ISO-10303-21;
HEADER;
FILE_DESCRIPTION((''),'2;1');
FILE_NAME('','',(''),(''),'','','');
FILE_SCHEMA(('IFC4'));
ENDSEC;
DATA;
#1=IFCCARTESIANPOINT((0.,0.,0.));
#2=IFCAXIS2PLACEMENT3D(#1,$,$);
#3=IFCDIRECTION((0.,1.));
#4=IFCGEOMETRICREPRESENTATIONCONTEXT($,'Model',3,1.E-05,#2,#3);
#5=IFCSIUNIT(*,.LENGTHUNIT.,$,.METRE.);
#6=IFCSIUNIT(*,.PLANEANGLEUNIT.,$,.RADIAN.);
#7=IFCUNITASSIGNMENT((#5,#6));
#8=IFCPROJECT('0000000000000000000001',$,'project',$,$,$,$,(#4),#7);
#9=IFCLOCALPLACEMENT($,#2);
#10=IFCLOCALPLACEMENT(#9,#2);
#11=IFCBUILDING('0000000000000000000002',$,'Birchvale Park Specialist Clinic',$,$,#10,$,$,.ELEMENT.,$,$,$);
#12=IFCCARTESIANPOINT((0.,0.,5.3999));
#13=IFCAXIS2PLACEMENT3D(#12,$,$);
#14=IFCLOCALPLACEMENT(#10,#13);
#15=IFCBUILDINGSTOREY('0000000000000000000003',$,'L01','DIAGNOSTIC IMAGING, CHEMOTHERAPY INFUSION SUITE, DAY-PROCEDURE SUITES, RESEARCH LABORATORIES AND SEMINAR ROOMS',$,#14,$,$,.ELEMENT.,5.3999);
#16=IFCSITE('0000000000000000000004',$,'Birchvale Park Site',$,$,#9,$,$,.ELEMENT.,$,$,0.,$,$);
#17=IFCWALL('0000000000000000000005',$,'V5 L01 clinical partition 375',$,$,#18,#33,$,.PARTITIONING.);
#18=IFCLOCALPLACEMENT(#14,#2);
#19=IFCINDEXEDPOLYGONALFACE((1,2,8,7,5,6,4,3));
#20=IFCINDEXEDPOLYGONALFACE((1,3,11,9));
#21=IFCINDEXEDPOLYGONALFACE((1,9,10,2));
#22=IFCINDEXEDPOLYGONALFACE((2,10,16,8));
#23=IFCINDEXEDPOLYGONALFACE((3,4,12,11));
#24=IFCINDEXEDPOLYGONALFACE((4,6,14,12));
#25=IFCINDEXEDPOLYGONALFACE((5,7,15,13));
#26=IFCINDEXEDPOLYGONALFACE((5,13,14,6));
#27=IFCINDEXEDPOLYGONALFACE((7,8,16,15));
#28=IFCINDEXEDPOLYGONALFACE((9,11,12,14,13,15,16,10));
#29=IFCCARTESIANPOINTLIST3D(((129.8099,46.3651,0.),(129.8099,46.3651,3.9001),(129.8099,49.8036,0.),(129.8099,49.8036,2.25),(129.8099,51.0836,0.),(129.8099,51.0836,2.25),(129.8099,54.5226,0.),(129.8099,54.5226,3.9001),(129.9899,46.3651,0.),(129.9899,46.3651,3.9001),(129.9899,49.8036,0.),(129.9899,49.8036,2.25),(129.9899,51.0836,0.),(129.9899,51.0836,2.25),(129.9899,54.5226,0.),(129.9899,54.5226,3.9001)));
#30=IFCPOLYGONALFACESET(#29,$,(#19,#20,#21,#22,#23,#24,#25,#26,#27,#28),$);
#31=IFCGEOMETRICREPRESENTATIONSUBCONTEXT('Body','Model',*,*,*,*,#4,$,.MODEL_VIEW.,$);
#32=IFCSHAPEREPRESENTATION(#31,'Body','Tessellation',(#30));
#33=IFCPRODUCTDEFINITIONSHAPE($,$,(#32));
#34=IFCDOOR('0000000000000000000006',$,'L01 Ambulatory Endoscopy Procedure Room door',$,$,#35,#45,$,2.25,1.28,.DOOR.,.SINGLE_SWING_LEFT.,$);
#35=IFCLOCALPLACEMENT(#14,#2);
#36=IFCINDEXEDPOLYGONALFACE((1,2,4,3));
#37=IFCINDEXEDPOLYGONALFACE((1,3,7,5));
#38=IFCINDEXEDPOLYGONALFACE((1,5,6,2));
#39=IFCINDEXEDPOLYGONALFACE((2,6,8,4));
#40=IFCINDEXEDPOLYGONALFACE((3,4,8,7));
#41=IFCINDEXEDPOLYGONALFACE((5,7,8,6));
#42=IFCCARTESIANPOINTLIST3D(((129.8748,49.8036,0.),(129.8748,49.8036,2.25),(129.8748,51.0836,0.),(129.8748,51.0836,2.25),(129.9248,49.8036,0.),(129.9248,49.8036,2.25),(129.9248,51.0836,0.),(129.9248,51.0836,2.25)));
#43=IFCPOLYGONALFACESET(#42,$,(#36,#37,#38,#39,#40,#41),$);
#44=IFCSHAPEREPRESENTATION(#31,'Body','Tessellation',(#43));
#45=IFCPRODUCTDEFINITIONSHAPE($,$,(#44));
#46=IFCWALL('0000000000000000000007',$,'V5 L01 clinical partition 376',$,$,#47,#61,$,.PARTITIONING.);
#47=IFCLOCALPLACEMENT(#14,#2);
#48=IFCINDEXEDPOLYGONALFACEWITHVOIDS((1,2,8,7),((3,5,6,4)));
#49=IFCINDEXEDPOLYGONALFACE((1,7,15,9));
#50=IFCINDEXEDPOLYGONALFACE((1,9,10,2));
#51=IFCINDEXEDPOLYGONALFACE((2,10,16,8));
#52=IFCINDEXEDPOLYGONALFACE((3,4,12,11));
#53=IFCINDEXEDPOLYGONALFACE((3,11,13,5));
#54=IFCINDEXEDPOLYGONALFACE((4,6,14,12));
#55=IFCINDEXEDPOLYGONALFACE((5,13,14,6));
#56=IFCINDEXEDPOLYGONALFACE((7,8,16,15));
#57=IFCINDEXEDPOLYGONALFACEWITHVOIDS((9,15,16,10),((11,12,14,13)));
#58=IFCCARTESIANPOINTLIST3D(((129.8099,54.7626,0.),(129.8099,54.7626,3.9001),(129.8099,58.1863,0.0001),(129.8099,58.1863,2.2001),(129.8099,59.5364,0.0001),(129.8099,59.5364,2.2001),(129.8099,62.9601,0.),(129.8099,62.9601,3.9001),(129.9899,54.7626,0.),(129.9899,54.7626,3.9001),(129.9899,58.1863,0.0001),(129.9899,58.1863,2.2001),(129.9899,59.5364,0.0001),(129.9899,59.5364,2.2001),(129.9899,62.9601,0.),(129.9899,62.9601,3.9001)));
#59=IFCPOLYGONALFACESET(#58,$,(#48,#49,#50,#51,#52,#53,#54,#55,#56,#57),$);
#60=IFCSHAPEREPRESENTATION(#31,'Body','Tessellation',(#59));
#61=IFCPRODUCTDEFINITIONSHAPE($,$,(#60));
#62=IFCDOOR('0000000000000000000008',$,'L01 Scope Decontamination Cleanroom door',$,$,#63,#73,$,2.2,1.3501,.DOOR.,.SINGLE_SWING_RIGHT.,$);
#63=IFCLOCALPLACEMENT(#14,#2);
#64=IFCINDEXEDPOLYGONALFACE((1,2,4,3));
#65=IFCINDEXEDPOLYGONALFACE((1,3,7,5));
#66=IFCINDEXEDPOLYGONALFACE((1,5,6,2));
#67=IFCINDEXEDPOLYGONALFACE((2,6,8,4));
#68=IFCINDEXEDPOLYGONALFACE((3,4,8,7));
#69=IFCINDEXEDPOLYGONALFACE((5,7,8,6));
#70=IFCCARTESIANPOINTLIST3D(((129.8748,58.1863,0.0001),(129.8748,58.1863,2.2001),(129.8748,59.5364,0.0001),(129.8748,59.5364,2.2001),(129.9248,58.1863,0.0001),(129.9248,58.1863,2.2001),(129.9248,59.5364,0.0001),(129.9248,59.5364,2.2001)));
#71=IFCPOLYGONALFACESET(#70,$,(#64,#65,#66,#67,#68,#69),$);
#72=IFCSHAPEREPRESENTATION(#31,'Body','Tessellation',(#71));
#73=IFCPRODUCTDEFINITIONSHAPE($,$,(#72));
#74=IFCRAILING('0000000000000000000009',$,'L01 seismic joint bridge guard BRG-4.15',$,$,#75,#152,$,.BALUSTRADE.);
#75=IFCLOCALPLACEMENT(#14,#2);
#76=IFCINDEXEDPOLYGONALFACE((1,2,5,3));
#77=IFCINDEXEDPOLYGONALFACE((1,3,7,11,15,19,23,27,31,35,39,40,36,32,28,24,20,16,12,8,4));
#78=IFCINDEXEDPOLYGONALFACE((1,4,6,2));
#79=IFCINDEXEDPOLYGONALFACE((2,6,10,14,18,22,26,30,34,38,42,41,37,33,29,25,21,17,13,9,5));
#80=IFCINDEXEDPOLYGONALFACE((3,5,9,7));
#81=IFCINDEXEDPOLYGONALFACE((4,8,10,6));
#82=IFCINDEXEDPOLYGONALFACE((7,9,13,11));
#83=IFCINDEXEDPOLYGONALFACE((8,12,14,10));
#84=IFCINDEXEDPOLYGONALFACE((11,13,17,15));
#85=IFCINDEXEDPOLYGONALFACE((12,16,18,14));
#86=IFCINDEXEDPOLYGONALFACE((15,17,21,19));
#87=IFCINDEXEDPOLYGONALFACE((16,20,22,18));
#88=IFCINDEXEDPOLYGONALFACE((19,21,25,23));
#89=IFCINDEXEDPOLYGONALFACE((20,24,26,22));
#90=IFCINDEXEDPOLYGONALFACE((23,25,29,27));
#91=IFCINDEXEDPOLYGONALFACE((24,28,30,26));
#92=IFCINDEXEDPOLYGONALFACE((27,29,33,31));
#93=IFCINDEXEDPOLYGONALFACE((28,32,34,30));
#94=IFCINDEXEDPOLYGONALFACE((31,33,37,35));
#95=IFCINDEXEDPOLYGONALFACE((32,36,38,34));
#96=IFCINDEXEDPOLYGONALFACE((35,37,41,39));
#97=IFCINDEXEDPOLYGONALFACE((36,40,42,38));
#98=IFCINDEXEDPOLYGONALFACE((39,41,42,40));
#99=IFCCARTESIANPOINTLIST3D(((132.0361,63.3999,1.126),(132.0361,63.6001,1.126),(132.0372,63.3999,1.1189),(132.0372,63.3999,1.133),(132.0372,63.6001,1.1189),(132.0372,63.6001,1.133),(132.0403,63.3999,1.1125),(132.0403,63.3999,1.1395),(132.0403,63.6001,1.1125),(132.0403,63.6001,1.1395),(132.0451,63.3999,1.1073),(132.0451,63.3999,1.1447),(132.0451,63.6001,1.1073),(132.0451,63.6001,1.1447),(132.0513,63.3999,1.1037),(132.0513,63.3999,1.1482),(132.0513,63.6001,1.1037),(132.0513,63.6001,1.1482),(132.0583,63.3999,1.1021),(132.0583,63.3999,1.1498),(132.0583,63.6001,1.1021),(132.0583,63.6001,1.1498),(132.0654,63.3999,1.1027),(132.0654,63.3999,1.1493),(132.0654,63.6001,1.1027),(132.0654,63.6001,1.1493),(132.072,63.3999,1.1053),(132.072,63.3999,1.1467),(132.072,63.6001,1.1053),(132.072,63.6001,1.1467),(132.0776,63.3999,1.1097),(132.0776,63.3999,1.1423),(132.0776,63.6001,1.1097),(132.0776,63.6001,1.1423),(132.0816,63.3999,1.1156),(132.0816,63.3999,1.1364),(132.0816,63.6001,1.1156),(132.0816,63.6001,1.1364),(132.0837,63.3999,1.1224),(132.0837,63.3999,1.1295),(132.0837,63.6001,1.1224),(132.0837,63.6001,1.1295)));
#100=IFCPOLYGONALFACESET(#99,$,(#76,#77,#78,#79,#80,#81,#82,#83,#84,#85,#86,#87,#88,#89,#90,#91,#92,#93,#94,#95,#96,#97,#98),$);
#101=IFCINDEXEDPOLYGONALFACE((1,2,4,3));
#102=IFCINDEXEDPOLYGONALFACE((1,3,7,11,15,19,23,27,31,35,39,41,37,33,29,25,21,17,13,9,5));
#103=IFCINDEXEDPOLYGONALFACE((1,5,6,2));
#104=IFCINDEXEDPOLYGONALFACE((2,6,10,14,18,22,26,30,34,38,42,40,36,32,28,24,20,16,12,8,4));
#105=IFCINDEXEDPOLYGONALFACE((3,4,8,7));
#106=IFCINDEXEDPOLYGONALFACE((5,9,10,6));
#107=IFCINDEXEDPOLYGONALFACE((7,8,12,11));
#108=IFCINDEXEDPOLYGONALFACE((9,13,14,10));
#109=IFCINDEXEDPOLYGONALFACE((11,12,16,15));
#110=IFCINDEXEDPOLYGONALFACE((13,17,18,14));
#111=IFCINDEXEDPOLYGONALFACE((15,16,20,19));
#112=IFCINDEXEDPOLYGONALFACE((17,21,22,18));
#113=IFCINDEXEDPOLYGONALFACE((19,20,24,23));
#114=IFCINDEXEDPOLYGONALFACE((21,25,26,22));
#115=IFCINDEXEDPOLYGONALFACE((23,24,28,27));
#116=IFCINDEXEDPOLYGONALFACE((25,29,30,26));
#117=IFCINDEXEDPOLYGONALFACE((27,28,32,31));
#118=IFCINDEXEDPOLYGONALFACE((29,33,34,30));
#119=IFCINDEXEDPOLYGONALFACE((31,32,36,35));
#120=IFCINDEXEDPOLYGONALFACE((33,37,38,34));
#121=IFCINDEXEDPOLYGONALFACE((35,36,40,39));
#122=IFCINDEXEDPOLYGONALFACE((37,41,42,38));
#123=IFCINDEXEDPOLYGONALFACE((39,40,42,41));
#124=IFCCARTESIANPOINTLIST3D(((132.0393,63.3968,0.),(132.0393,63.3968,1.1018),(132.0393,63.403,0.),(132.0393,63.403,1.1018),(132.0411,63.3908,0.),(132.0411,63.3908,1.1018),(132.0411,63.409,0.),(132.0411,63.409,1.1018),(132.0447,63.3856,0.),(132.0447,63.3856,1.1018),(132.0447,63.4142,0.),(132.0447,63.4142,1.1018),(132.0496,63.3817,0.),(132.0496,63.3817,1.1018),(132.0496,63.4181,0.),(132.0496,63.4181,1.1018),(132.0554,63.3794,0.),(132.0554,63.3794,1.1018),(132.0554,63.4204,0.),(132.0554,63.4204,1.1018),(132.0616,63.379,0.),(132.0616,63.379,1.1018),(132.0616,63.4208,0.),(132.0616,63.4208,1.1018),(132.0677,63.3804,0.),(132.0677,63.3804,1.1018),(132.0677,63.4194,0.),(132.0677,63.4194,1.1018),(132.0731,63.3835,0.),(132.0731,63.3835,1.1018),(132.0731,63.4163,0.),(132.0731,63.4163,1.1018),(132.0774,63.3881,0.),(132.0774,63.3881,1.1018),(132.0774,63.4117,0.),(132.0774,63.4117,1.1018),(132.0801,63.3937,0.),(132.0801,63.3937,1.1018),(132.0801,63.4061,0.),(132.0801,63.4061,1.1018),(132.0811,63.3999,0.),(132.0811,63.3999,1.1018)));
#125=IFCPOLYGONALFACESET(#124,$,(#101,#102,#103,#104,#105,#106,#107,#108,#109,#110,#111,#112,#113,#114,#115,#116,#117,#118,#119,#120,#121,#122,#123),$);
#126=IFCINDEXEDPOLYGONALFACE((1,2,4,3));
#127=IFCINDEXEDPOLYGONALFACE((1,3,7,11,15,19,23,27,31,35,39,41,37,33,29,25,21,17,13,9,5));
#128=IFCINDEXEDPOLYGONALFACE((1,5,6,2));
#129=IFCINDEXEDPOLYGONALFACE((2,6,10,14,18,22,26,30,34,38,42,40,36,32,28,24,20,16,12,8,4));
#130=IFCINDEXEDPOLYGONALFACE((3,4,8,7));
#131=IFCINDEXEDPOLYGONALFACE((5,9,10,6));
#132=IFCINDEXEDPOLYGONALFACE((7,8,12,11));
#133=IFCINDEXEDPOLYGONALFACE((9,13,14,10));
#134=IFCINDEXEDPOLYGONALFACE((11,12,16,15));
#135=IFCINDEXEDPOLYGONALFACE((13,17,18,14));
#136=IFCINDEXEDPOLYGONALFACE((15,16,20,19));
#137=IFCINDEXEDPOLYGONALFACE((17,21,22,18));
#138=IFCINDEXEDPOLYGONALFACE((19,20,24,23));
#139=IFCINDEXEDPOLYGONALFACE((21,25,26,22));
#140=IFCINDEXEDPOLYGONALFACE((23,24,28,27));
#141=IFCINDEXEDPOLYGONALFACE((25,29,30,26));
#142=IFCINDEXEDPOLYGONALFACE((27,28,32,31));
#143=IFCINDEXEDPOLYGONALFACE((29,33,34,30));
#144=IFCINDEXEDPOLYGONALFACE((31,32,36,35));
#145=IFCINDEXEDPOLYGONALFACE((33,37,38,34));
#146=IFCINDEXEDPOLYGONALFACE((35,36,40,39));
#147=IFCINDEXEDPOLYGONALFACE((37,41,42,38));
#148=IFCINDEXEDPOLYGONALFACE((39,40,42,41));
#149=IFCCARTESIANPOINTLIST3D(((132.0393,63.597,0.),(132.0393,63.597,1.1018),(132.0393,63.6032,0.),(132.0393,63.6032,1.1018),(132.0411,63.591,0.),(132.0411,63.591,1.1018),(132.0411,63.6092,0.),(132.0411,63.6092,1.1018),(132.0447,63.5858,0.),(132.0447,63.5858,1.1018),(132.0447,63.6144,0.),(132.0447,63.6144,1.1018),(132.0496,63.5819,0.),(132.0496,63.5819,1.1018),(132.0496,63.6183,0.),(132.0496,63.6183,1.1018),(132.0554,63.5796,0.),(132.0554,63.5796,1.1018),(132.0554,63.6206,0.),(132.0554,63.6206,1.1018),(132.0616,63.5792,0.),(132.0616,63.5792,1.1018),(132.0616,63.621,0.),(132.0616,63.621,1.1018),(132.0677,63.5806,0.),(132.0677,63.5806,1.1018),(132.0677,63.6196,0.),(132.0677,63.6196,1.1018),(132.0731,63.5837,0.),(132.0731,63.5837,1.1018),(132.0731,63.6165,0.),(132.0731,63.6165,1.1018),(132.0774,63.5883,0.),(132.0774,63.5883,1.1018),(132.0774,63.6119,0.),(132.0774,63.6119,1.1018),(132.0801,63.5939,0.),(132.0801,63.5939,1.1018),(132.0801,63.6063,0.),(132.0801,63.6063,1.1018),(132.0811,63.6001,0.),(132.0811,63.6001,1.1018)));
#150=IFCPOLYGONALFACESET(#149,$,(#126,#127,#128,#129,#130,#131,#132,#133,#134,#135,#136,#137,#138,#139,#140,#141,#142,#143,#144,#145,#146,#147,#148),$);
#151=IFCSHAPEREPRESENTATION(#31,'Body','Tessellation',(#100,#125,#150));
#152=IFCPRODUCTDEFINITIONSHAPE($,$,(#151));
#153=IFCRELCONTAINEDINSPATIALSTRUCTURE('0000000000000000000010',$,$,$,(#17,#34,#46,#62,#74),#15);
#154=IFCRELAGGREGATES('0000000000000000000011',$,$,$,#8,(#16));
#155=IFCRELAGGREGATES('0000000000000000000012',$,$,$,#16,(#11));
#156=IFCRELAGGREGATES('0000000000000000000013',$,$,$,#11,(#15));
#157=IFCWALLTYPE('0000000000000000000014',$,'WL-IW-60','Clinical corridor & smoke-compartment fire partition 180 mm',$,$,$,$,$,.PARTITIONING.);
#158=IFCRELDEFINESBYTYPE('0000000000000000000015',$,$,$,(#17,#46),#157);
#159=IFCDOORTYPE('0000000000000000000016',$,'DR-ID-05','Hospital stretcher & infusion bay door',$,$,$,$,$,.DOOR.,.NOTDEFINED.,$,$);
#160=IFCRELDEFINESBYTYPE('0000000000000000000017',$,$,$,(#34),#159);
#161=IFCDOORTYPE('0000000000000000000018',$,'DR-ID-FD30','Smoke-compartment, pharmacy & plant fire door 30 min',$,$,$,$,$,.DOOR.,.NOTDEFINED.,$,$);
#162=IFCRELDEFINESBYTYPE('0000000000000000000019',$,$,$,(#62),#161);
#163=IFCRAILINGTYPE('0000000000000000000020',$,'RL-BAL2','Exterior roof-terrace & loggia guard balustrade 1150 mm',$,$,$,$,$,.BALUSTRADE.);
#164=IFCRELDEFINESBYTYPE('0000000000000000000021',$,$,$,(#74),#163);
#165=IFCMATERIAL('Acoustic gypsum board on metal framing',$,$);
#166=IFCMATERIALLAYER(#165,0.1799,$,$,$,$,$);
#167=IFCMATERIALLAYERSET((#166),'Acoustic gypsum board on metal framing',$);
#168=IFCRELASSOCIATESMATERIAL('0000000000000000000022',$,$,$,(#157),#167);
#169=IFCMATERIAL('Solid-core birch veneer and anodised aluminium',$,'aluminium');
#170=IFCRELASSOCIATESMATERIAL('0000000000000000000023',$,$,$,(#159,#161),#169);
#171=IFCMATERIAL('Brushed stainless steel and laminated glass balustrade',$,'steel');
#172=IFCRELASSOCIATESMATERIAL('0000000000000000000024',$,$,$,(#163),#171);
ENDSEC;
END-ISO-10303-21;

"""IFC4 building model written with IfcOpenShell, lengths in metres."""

from ifc_helpers import new_model, si_unit, direction, frame, frame_2d, origin, origin_2d, place, context, subcontext, project, spatial, rectangle, circle, extrude, material, layer, layer_set, type_object, element, fill, save


model = new_model("IFC4")

# Units and contexts
model_context = context("Model", 3, precision=1e-05, world=origin(), true_north=direction((0.0, 1.0)))
body_context = subcontext(model_context, "Body", "Model", "MODEL_VIEW")
ifc_project = project(units=[si_unit("LENGTHUNIT", "METRE"), si_unit("PLANEANGLEUNIT", "RADIAN")], contexts=[model_context])

# Site, building, storey
site_placement = place(None, origin())
site = spatial("IfcSite", under=ifc_project, at=site_placement, Name="Birchvale Park Site", CompositionType="ELEMENT", RefElevation=0.0)
building_placement = place(site_placement, origin())
building = spatial("IfcBuilding", under=site, at=building_placement, Name="Birchvale Park Specialist Clinic", CompositionType="ELEMENT")
storey_placement = place(building_placement, frame((0.0, 0.0, 5.3999)))
storey = spatial("IfcBuildingStorey", under=building, at=storey_placement, Name="L01", Description="DIAGNOSTIC IMAGING, CHEMOTHERAPY INFUSION SUITE, DAY-PROCEDURE SUITES, RESEARCH LABORATORIES AND SEMINAR ROOMS", CompositionType="ELEMENT", Elevation=5.3999)

# Walls, openings, doors
ifc_material_1 = material(Name="Acoustic gypsum board on metal framing")
ifc_layer_1 = layer(ifc_material_1, 0.1799)
ifc_layer_set_1 = layer_set([ifc_layer_1], Name="Acoustic gypsum board on metal framing")
wall_type_1 = type_object("IfcWallType", Name="WL-IW-60", Description="Clinical corridor & smoke-compartment fire partition 180 mm", PredefinedType="PARTITIONING", material=ifc_layer_set_1)
wall_1_placement = place(storey_placement, frame((129.8999, 54.5225, 0.0), z_axis=(0.0, 0.0, 1.0), x_axis=(0.0, -1.0, 0.0)))
wall_1 = element("IfcWall", 1, at=wall_1_placement, inside=storey, type_object=wall_type_1, Name="V5 L01 clinical partition 375", PredefinedType="PARTITIONING", context=body_context, shape_type="SweptSolid", body=[
    extrude(rectangle(XDim=8.1575, YDim=0.1799, at=frame_2d((4.0786, 0.0))), origin(), (0.0, 0.0, 1.0), 3.9001),
])
opening_1_placement = place(wall_1_placement, frame((3.4387, 0.0, 0.0)))
opening_1 = element("IfcOpeningElement", 2, at=opening_1_placement, cuts=wall_1, PredefinedType="OPENING", context=body_context, shape_type="SweptSolid", body=[
    extrude(rectangle(XDim=1.28, YDim=2.25, at=frame_2d((0.6401, 1.125))), frame((0.0, 0.1001, 0.0), z_axis=(0.0, -1.0, 0.0), x_axis=(1.0, 0.0, 0.0)), (0.0, 0.0, 1.0), 0.2),
])
ifc_material_2 = material(Name="Solid-core birch veneer and anodised aluminium", Category="aluminium")
door_type_1 = type_object("IfcDoorType", Name="DR-ID-05", Description="Hospital stretcher & infusion bay door", OperationType="NOTDEFINED", PredefinedType="DOOR", material=ifc_material_2)
door_1_placement = place(opening_1_placement, origin())
door_1 = element("IfcDoor", 3, at=door_1_placement, inside=storey, type_object=door_type_1, Name="L01 Ambulatory Endoscopy Procedure Room door", OperationType="SINGLE_SWING_LEFT", OverallHeight=2.25, OverallWidth=1.28, PredefinedType="DOOR", context=body_context, shape_type="SweptSolid", body=[
    extrude(rectangle(XDim=1.28, YDim=2.25, at=frame_2d((0.6401, 1.125))), frame((0.0, 0.0249, 0.0), z_axis=(0.0, -1.0, 0.0), x_axis=(1.0, 0.0, 0.0)), (0.0, 0.0, 1.0), 0.05),
])
fill(opening_1, door_1)
wall_2_placement = place(storey_placement, frame((129.8999, 62.96, 0.0), z_axis=(0.0, 0.0, 1.0), x_axis=(0.0, -1.0, 0.0)))
wall_2 = element("IfcWall", 4, at=wall_2_placement, inside=storey, type_object=wall_type_1, Name="V5 L01 clinical partition 376", PredefinedType="PARTITIONING", context=body_context, shape_type="SweptSolid", body=[
    extrude(rectangle(XDim=8.1975, YDim=0.1799, at=frame_2d((4.0986, 0.0))), origin(), (0.0, 0.0, 1.0), 3.9001),
])
opening_2_placement = place(wall_2_placement, frame((3.4236, 0.0, 0.0)))
opening_2 = element("IfcOpeningElement", 5, at=opening_2_placement, cuts=wall_2, PredefinedType="OPENING", context=body_context, shape_type="SweptSolid", body=[
    extrude(rectangle(XDim=1.3501, YDim=2.2, at=frame_2d((0.675, 1.1001))), frame((0.0, 0.1001, 0.0), z_axis=(0.0, -1.0, 0.0), x_axis=(1.0, 0.0, 0.0)), (0.0, 0.0, 1.0), 0.2),
])
door_type_2 = type_object("IfcDoorType", Name="DR-ID-FD30", Description="Smoke-compartment, pharmacy & plant fire door 30 min", OperationType="NOTDEFINED", PredefinedType="DOOR", material=ifc_material_2)
door_2_placement = place(opening_2_placement, origin())
door_2 = element("IfcDoor", 6, at=door_2_placement, inside=storey, type_object=door_type_2, Name="L01 Scope Decontamination Cleanroom door", OperationType="SINGLE_SWING_RIGHT", OverallHeight=2.2, OverallWidth=1.3501, PredefinedType="DOOR", context=body_context, shape_type="SweptSolid", body=[
    extrude(rectangle(XDim=1.3501, YDim=2.2, at=frame_2d((0.675, 1.1001))), frame((0.0, 0.0249, 0.0), z_axis=(0.0, -1.0, 0.0), x_axis=(1.0, 0.0, 0.0)), (0.0, 0.0, 1.0), 0.05),
])
fill(opening_2, door_2)

# Railing
ifc_material_3 = material(Name="Brushed stainless steel and laminated glass balustrade", Category="steel")
railing_type = type_object("IfcRailingType", Name="RL-BAL2", Description="Exterior roof-terrace & loggia guard balustrade 1150 mm", PredefinedType="BALUSTRADE", material=ifc_material_3)
railing_placement = place(storey_placement, frame((132.0601, 63.3999, 0.0)))
element("IfcRailing", 7, at=railing_placement, inside=storey, type_object=railing_type, Name="L01 seismic joint bridge guard BRG-4.15", PredefinedType="BALUSTRADE", context=body_context, shape_type="SweptSolid", body=[
    extrude(circle(Radius=0.0239, at=origin_2d()), frame((0.0, 0.0, 1.126), z_axis=(0.0, 1.0, 0.0), x_axis=(-1.0, 0.0, 0.0)), (0.0, 0.0, 1.0), 0.2002),
    extrude(circle(Radius=0.021, at=origin_2d()), origin(), (0.0, 0.0, 1.0), 1.1018),
    extrude(circle(Radius=0.021, at=origin_2d()), frame((0.0, 0.2002, 0.0)), (0.0, 0.0, 1.0), 1.1018),
])

save(model, "model.ifc")
